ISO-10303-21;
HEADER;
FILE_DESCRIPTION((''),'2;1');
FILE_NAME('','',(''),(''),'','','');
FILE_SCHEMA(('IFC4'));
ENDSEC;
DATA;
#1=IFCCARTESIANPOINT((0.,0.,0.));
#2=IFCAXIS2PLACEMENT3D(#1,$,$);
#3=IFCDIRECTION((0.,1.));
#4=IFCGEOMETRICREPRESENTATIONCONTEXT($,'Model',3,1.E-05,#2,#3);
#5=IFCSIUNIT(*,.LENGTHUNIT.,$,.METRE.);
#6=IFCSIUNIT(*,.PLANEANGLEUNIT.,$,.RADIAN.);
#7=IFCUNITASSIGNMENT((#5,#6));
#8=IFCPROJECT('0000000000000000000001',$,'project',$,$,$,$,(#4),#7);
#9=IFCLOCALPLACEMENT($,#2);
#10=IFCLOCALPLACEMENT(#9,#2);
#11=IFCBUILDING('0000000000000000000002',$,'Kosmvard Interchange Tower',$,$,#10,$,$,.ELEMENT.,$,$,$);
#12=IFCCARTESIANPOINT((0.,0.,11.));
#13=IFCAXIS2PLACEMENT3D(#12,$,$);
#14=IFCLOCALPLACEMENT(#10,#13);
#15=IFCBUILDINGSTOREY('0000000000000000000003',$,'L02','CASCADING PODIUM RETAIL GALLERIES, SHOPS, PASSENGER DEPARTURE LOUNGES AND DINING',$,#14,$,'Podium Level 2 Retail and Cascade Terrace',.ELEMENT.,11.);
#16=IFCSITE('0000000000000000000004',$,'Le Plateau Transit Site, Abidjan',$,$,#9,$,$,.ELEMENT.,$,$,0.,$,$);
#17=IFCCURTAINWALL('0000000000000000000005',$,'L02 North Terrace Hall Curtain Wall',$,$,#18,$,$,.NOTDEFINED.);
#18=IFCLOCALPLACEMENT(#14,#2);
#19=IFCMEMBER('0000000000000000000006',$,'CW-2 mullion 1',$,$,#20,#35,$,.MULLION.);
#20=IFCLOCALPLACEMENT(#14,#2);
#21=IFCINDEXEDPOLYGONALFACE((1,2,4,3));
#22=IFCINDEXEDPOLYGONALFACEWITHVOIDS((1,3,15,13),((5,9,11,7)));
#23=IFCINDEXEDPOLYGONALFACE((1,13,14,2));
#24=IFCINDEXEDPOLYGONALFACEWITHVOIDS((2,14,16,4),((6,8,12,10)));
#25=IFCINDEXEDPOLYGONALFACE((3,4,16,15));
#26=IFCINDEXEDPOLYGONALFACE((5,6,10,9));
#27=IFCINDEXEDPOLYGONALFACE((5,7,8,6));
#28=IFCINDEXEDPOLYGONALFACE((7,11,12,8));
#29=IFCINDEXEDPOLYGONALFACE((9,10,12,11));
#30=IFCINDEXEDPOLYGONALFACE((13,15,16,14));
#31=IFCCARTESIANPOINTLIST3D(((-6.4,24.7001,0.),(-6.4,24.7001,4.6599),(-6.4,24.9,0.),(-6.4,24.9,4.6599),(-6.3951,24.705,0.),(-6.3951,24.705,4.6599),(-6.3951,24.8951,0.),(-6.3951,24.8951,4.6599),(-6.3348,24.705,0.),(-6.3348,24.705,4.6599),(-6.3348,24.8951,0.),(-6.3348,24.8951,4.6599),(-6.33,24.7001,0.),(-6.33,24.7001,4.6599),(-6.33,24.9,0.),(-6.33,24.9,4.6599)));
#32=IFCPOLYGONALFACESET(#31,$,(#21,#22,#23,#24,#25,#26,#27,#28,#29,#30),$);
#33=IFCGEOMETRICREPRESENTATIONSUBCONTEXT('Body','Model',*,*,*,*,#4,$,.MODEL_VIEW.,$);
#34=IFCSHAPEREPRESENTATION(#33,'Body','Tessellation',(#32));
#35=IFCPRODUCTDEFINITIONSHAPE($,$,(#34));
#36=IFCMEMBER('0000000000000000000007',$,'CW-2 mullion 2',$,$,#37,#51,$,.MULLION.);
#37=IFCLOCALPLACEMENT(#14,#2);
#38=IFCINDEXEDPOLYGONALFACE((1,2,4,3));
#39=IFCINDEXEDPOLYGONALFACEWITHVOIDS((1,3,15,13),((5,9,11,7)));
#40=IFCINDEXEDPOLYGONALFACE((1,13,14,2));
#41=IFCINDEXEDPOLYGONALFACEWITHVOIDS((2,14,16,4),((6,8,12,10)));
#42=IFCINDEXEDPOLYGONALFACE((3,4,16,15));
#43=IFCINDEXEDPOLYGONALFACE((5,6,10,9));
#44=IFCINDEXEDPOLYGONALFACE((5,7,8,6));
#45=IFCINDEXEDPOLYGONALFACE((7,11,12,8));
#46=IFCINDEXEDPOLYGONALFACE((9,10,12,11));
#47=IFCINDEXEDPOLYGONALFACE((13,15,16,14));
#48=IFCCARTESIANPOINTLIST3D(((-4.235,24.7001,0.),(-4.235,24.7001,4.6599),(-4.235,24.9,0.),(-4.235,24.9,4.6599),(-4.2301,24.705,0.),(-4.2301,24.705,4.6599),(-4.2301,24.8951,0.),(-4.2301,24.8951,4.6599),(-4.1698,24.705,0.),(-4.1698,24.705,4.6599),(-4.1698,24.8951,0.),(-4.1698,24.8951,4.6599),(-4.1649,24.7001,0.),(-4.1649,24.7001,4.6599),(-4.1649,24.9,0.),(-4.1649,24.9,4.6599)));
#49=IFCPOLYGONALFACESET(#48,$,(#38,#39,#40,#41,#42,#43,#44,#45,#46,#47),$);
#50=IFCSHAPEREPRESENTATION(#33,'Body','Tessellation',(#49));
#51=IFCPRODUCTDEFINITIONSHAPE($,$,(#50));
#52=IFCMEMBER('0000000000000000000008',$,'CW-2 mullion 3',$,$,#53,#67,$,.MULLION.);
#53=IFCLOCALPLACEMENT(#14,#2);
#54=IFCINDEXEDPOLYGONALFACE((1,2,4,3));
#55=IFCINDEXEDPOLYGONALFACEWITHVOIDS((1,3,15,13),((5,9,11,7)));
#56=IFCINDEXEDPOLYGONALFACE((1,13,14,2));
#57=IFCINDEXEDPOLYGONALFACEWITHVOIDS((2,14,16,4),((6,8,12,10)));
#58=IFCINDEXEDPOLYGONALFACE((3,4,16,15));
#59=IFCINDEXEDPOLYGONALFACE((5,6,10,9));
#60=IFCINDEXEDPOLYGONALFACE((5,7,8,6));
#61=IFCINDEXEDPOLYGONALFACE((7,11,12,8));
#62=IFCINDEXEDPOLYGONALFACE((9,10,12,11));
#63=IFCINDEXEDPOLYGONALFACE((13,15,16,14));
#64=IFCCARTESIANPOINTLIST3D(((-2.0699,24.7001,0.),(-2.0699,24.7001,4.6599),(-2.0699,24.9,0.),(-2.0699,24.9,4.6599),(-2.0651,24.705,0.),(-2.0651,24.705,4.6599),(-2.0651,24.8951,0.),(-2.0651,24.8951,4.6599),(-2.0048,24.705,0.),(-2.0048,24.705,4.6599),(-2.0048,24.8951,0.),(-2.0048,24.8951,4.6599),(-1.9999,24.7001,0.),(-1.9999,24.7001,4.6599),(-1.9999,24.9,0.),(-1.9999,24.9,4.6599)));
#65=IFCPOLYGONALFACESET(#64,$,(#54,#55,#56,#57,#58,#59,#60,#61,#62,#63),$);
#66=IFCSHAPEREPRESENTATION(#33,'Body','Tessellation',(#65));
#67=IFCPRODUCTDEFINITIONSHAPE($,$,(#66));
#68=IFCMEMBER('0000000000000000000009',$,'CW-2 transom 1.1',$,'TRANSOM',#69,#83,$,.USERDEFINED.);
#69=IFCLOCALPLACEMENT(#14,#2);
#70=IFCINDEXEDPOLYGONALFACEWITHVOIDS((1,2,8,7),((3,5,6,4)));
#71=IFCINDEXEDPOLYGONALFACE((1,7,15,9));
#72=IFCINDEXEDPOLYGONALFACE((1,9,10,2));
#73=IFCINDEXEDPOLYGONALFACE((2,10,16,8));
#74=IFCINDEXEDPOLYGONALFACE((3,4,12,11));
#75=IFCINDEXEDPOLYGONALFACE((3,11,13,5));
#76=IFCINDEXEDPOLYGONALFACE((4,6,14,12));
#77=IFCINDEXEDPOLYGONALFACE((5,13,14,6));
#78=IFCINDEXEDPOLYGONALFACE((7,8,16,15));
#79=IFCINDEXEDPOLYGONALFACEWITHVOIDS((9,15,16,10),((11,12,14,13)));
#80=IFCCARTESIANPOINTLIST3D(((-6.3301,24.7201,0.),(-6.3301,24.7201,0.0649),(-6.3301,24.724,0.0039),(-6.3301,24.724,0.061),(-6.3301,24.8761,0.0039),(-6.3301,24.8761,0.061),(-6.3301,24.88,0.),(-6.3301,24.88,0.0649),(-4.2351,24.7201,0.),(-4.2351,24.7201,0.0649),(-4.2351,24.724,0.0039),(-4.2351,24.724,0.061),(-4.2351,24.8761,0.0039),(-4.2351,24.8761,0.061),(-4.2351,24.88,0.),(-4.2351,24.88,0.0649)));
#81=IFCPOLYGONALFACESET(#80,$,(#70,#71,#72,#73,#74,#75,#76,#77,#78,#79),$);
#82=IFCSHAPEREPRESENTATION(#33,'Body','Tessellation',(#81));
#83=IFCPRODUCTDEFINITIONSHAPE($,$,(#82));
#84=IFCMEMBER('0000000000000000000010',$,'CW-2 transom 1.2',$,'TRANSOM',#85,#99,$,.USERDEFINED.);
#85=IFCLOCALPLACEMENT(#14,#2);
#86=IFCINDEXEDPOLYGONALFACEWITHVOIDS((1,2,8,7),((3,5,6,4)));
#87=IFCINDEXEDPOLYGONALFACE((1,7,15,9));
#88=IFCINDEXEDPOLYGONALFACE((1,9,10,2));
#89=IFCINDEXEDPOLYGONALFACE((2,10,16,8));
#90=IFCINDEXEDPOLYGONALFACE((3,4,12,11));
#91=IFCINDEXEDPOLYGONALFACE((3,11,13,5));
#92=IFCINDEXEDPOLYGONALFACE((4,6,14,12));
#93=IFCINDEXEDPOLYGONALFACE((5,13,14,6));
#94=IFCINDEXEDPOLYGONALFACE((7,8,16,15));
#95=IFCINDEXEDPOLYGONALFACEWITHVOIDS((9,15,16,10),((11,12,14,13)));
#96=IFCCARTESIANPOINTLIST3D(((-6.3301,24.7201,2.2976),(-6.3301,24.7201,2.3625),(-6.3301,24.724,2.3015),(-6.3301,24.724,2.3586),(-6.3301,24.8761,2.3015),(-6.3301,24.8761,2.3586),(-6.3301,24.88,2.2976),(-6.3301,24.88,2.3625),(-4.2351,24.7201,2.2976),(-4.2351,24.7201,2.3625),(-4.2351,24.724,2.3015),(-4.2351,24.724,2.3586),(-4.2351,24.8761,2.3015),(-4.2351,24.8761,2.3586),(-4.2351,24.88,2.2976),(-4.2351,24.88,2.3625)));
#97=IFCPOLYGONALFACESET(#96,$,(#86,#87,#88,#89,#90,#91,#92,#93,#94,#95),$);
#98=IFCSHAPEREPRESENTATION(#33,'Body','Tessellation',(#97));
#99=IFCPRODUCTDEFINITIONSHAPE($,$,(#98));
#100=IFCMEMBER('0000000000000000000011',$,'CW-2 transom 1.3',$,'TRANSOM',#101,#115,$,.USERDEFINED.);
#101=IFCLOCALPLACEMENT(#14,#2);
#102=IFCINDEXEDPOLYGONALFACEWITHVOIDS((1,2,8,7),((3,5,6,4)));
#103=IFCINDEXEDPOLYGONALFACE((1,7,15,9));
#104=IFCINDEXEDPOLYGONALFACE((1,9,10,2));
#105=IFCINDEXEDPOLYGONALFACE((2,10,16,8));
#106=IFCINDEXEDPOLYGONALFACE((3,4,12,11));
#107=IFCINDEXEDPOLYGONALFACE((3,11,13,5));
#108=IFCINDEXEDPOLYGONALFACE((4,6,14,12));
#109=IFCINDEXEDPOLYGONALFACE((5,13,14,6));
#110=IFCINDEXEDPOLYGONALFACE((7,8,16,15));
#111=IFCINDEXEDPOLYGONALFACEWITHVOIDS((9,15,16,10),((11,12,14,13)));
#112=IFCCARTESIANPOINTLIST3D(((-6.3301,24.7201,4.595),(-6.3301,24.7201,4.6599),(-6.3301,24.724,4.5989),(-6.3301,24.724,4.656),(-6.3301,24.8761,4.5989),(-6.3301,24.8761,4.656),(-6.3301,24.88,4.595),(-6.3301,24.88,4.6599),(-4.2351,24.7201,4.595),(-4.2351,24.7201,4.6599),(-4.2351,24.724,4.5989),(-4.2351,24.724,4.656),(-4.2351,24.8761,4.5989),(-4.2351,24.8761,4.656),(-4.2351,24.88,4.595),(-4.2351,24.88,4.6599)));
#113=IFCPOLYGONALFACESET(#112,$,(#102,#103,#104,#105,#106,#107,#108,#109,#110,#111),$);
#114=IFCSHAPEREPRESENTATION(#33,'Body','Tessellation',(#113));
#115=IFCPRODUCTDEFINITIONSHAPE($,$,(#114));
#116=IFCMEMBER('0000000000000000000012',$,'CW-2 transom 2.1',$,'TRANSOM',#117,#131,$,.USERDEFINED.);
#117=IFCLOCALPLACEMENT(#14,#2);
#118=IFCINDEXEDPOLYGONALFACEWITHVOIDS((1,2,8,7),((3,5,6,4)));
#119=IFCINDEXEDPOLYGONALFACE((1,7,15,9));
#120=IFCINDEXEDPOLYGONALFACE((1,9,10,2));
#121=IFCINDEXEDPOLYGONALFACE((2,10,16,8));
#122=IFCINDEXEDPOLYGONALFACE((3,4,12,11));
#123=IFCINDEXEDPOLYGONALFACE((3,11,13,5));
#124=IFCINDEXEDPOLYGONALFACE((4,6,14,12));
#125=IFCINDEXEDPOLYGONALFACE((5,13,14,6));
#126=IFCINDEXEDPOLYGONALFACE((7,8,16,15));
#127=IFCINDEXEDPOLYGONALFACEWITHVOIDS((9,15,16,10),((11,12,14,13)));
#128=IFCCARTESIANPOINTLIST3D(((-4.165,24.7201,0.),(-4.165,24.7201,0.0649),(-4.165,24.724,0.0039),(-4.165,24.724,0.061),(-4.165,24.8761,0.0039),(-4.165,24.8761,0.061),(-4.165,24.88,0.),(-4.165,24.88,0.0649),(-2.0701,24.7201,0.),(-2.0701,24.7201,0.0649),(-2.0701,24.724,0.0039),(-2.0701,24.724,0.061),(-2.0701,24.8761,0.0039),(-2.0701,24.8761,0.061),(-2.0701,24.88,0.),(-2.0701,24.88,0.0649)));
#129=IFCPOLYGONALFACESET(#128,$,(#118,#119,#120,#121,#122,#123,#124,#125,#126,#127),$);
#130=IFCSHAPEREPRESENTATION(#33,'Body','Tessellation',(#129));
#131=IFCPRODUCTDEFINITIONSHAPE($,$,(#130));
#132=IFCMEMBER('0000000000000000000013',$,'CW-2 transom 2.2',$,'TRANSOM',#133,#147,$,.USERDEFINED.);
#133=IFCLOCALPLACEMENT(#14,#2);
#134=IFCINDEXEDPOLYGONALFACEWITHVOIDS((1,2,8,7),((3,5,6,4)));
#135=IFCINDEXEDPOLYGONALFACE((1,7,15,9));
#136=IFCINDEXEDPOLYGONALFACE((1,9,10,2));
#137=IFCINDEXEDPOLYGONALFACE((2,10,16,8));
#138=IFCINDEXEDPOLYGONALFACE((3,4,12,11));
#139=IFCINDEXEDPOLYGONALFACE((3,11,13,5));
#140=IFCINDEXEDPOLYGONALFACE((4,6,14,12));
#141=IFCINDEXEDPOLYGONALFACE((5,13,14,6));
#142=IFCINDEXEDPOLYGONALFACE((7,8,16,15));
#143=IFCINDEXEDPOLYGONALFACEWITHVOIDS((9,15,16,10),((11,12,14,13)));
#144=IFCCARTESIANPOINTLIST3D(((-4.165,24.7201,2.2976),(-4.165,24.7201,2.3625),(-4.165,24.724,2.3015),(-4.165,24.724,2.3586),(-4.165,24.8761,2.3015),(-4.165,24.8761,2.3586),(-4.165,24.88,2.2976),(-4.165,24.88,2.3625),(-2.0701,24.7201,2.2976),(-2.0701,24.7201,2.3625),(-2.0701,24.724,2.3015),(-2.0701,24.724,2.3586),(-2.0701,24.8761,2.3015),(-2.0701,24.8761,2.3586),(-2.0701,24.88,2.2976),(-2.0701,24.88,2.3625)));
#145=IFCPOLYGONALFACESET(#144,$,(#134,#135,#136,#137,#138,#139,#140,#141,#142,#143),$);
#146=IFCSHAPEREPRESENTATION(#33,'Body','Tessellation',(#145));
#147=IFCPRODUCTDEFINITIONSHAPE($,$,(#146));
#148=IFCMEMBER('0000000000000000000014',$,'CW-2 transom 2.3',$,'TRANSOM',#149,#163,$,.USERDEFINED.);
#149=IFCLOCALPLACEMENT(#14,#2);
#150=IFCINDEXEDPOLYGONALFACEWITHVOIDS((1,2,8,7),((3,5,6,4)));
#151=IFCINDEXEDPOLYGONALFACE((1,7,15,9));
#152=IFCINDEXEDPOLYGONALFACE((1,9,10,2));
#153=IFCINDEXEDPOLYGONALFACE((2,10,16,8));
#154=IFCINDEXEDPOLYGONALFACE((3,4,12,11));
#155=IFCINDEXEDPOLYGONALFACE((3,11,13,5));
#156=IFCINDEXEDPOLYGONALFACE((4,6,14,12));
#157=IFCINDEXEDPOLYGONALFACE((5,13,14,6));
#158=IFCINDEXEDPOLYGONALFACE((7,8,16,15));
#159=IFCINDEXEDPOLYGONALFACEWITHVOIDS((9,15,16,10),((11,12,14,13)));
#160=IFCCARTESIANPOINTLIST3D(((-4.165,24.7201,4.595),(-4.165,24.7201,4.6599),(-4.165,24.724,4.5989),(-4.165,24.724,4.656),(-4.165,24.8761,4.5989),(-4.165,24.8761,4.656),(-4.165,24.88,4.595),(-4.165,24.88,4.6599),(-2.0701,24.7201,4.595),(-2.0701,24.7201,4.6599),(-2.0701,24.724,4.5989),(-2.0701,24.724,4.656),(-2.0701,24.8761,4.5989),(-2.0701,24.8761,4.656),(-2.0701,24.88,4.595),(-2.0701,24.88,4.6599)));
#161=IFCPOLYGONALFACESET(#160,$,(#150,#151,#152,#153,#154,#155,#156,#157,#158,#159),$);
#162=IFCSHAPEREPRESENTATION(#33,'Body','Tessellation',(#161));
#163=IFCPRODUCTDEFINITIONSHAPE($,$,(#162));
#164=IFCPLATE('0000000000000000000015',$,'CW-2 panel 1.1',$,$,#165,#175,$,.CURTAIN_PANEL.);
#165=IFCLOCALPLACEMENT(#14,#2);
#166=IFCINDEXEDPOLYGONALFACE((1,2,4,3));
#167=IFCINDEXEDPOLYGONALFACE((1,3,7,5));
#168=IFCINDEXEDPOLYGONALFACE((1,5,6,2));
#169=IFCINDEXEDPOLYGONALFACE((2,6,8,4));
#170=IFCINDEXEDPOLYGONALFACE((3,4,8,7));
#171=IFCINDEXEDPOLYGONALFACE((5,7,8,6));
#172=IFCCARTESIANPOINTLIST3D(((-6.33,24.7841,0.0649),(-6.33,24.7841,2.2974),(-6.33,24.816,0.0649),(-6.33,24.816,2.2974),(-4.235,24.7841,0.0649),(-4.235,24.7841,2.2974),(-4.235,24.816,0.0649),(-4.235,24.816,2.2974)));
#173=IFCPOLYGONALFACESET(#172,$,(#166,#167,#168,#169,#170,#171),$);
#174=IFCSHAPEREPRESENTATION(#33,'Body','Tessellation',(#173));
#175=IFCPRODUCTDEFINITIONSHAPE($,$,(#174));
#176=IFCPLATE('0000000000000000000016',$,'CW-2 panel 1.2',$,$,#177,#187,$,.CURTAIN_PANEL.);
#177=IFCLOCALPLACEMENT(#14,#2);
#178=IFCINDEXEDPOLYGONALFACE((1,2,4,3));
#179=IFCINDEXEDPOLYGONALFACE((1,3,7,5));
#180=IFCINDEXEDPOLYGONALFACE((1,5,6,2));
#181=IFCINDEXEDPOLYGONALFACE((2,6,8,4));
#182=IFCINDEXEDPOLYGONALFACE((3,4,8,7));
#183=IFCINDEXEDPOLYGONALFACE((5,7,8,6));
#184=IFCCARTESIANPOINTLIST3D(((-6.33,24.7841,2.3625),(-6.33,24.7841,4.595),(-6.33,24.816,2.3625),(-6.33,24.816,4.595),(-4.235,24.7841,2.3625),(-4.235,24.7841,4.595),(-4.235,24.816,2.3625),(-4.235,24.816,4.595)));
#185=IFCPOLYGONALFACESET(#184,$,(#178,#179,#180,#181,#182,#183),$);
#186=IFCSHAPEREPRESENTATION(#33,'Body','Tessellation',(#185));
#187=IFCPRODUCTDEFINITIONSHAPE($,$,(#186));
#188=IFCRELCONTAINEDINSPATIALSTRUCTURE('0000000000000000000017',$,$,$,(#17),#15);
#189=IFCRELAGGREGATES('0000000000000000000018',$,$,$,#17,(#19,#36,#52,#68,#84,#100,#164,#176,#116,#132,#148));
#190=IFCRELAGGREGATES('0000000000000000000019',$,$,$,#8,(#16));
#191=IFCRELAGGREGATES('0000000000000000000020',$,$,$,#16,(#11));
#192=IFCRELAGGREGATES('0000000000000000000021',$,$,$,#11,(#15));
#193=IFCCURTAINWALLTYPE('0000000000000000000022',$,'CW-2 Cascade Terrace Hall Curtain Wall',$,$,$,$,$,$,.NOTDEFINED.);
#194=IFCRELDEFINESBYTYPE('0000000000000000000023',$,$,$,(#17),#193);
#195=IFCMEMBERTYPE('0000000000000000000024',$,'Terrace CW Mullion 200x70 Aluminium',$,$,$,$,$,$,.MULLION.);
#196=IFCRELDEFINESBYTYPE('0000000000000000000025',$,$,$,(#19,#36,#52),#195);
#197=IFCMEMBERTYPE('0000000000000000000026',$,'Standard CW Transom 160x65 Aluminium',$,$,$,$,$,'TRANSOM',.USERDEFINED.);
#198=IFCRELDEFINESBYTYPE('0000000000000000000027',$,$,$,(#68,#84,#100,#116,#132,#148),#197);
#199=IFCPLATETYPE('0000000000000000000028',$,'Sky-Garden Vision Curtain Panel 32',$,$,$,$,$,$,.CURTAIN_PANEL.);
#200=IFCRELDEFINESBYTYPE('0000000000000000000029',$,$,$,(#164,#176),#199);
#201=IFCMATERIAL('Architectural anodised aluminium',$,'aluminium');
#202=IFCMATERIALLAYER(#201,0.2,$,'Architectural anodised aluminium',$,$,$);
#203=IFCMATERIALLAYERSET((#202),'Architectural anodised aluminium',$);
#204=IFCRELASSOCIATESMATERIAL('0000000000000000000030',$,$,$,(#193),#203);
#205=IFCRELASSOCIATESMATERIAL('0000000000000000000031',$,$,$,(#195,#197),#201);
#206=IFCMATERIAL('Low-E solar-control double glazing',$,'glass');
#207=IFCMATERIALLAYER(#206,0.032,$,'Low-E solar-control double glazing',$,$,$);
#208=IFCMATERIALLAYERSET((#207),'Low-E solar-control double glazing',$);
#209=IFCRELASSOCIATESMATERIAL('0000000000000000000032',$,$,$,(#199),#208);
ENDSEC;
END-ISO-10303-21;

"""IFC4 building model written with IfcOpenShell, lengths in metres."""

from ifc_helpers import new_model, si_unit, direction, frame, origin, origin_2d, place, context, subcontext, project, spatial, rectangle, hollow_rectangle, extrude, source, transform, mapped, material, layer, layer_set, material_profile, profile_set, type_object, element, aggregate, save


model = new_model("IFC4")

# Units and contexts
model_context = context("Model", 3, precision=1e-05, world=origin(), true_north=direction((0.0, 1.0)))
body_context = subcontext(model_context, "Body", "Model", "MODEL_VIEW")
ifc_project = project(units=[si_unit("LENGTHUNIT", "METRE"), si_unit("PLANEANGLEUNIT", "RADIAN")], contexts=[model_context])

# Site, building, storey
site_placement = place(None, origin())
site = spatial("IfcSite", under=ifc_project, at=site_placement, Name="Le Plateau Transit Site, Abidjan", CompositionType="ELEMENT", RefElevation=0.0)
building_placement = place(site_placement, origin())
building = spatial("IfcBuilding", under=site, at=building_placement, Name="Kosmvard Interchange Tower", CompositionType="ELEMENT")
storey_placement = place(building_placement, frame((0.0, 0.0, 11.0)))
storey = spatial("IfcBuildingStorey", under=building, at=storey_placement, Name="L02", Description="CASCADING PODIUM RETAIL GALLERIES, SHOPS, PASSENGER DEPARTURE LOUNGES AND DINING", LongName="Podium Level 2 Retail and Cascade Terrace", CompositionType="ELEMENT", Elevation=11.0)

# Curtain wall, members, plates
ifc_material_1 = material(Name="Architectural anodised aluminium", Category="aluminium")
ifc_layer_1 = layer(ifc_material_1, 0.2, Name="Architectural anodised aluminium")
ifc_layer_set_1 = layer_set([ifc_layer_1], Name="Architectural anodised aluminium")
curtain_wall_type = type_object("IfcCurtainWallType", Name="CW-2 Cascade Terrace Hall Curtain Wall", PredefinedType="NOTDEFINED", material=ifc_layer_set_1)
curtain_wall_placement = place(storey_placement, origin())
curtain_wall = element("IfcCurtainWall", 1, at=curtain_wall_placement, inside=storey, type_object=curtain_wall_type, Name="L02 North Terrace Hall Curtain Wall", PredefinedType="NOTDEFINED")
ifc_material_profile_1 = material_profile(ifc_material_1, hollow_rectangle(XDim=0.2, YDim=0.0701, WallThickness=0.0049, at=origin_2d()), Name="CWM 200x70x5")
ifc_profile_set_1 = profile_set([ifc_material_profile_1], Name="Architectural anodised aluminium")
member_type_1 = type_object("IfcMemberType", Name="Terrace CW Mullion 200x70 Aluminium", PredefinedType="MULLION", material=ifc_profile_set_1)
shared_shape_1 = source(origin(), body_context, "Body", "SweptSolid", [
    extrude(hollow_rectangle(XDim=0.2, YDim=0.0701, WallThickness=0.0049, at=origin_2d()), origin(), (0.0, 0.0, 1.0), 4.6599),
])
member_1_placement = place(storey_placement, frame((-6.365, 24.8, 0.0), z_axis=(0.0, 0.0, 1.0), x_axis=(0.0, 1.0, 0.0)))
member_1 = element("IfcMember", 2, at=member_1_placement, type_object=member_type_1, Name="CW-2 mullion 1", PredefinedType="MULLION", context=body_context, shape_type="MappedRepresentation", body=[
    mapped(shared_shape_1, transform((0.0, 0.0, 0.0), scale=1.0)),
])
member_2_placement = place(storey_placement, frame((-4.2, 24.8, 0.0), z_axis=(0.0, 0.0, 1.0), x_axis=(0.0, 1.0, 0.0)))
member_2 = element("IfcMember", 3, at=member_2_placement, type_object=member_type_1, Name="CW-2 mullion 2", PredefinedType="MULLION", context=body_context, shape_type="MappedRepresentation", body=[
    mapped(shared_shape_1, transform((0.0, 0.0, 0.0), scale=1.0)),
])
member_3_placement = place(storey_placement, frame((-2.0349, 24.8, 0.0), z_axis=(0.0, 0.0, 1.0), x_axis=(0.0, 1.0, 0.0)))
member_3 = element("IfcMember", 4, at=member_3_placement, type_object=member_type_1, Name="CW-2 mullion 3", PredefinedType="MULLION", context=body_context, shape_type="MappedRepresentation", body=[
    mapped(shared_shape_1, transform((0.0, 0.0, 0.0), scale=1.0)),
])
ifc_material_profile_2 = material_profile(ifc_material_1, hollow_rectangle(XDim=0.1599, YDim=0.0649, WallThickness=0.0039, at=origin_2d()), Name="CWT 160x65x4")
ifc_profile_set_2 = profile_set([ifc_material_profile_2], Name="Architectural anodised aluminium")
member_type_2 = type_object("IfcMemberType", Name="Standard CW Transom 160x65 Aluminium", ElementType="TRANSOM", PredefinedType="USERDEFINED", material=ifc_profile_set_2)
shared_shape_2 = source(origin(), body_context, "Body", "SweptSolid", [
    extrude(hollow_rectangle(XDim=0.1599, YDim=0.0649, WallThickness=0.0039, at=origin_2d()), origin(), (0.0, 0.0, 1.0), 2.095),
])
member_4_placement = place(storey_placement, frame((-6.3301, 24.8, 0.0325), z_axis=(1.0, 0.0, 0.0), x_axis=(0.0, 1.0, 0.0)))
member_4 = element("IfcMember", 5, at=member_4_placement, type_object=member_type_2, Name="CW-2 transom 1.1", ObjectType="TRANSOM", PredefinedType="USERDEFINED", context=body_context, shape_type="MappedRepresentation", body=[
    mapped(shared_shape_2, transform((0.0, 0.0, 0.0), scale=1.0)),
])
member_5_placement = place(storey_placement, frame((-6.3301, 24.8, 2.3301), z_axis=(1.0, 0.0, 0.0), x_axis=(0.0, 1.0, 0.0)))
member_5 = element("IfcMember", 6, at=member_5_placement, type_object=member_type_2, Name="CW-2 transom 1.2", ObjectType="TRANSOM", PredefinedType="USERDEFINED", context=body_context, shape_type="MappedRepresentation", body=[
    mapped(shared_shape_2, transform((0.0, 0.0, 0.0), scale=1.0)),
])
member_6_placement = place(storey_placement, frame((-6.3301, 24.8, 4.6274), z_axis=(1.0, 0.0, 0.0), x_axis=(0.0, 1.0, 0.0)))
member_6 = element("IfcMember", 7, at=member_6_placement, type_object=member_type_2, Name="CW-2 transom 1.3", ObjectType="TRANSOM", PredefinedType="USERDEFINED", context=body_context, shape_type="MappedRepresentation", body=[
    mapped(shared_shape_2, transform((0.0, 0.0, 0.0), scale=1.0)),
])
member_7_placement = place(storey_placement, frame((-4.165, 24.8, 0.0325), z_axis=(1.0, 0.0, 0.0), x_axis=(0.0, 1.0, 0.0)))
member_7 = element("IfcMember", 8, at=member_7_placement, type_object=member_type_2, Name="CW-2 transom 2.1", ObjectType="TRANSOM", PredefinedType="USERDEFINED", context=body_context, shape_type="MappedRepresentation", body=[
    mapped(shared_shape_2, transform((0.0, 0.0, 0.0), scale=1.0)),
])
member_8_placement = place(storey_placement, frame((-4.165, 24.8, 2.3301), z_axis=(1.0, 0.0, 0.0), x_axis=(0.0, 1.0, 0.0)))
member_8 = element("IfcMember", 9, at=member_8_placement, type_object=member_type_2, Name="CW-2 transom 2.2", ObjectType="TRANSOM", PredefinedType="USERDEFINED", context=body_context, shape_type="MappedRepresentation", body=[
    mapped(shared_shape_2, transform((0.0, 0.0, 0.0), scale=1.0)),
])
member_9_placement = place(storey_placement, frame((-4.165, 24.8, 4.6274), z_axis=(1.0, 0.0, 0.0), x_axis=(0.0, 1.0, 0.0)))
member_9 = element("IfcMember", 10, at=member_9_placement, type_object=member_type_2, Name="CW-2 transom 2.3", ObjectType="TRANSOM", PredefinedType="USERDEFINED", context=body_context, shape_type="MappedRepresentation", body=[
    mapped(shared_shape_2, transform((0.0, 0.0, 0.0), scale=1.0)),
])
ifc_material_2 = material(Name="Low-E solar-control double glazing", Category="glass")
ifc_layer_2 = layer(ifc_material_2, 0.032, Name="Low-E solar-control double glazing")
ifc_layer_set_2 = layer_set([ifc_layer_2], Name="Low-E solar-control double glazing")
plate_type = type_object("IfcPlateType", Name="Sky-Garden Vision Curtain Panel 32", PredefinedType="CURTAIN_PANEL", material=ifc_layer_set_2)
shared_shape_3 = source(origin(), body_context, "Body", "SweptSolid", [
    extrude(rectangle(XDim=2.095, YDim=0.032, at=origin_2d()), origin(), (0.0, 0.0, 1.0), 2.2324),
])
plate_1_placement = place(storey_placement, frame((-5.2825, 24.8, 0.0649), z_axis=(0.0, 0.0, 1.0), x_axis=(1.0, 0.0, 0.0)))
plate_1 = element("IfcPlate", 11, at=plate_1_placement, type_object=plate_type, Name="CW-2 panel 1.1", PredefinedType="CURTAIN_PANEL", context=body_context, shape_type="MappedRepresentation", body=[
    mapped(shared_shape_3, transform((0.0, 0.0, 0.0), scale=1.0)),
])
plate_2_placement = place(storey_placement, frame((-5.2825, 24.8, 2.3625), z_axis=(0.0, 0.0, 1.0), x_axis=(1.0, 0.0, 0.0)))
plate_2 = element("IfcPlate", 12, at=plate_2_placement, type_object=plate_type, Name="CW-2 panel 1.2", PredefinedType="CURTAIN_PANEL", context=body_context, shape_type="MappedRepresentation", body=[
    mapped(shared_shape_3, transform((0.0, 0.0, 0.0), scale=1.0)),
])
aggregate(curtain_wall, [member_1, member_2, member_3, member_4, member_5, member_6, plate_1, plate_2, member_7, member_8, member_9])

save(model, "model.ifc")
